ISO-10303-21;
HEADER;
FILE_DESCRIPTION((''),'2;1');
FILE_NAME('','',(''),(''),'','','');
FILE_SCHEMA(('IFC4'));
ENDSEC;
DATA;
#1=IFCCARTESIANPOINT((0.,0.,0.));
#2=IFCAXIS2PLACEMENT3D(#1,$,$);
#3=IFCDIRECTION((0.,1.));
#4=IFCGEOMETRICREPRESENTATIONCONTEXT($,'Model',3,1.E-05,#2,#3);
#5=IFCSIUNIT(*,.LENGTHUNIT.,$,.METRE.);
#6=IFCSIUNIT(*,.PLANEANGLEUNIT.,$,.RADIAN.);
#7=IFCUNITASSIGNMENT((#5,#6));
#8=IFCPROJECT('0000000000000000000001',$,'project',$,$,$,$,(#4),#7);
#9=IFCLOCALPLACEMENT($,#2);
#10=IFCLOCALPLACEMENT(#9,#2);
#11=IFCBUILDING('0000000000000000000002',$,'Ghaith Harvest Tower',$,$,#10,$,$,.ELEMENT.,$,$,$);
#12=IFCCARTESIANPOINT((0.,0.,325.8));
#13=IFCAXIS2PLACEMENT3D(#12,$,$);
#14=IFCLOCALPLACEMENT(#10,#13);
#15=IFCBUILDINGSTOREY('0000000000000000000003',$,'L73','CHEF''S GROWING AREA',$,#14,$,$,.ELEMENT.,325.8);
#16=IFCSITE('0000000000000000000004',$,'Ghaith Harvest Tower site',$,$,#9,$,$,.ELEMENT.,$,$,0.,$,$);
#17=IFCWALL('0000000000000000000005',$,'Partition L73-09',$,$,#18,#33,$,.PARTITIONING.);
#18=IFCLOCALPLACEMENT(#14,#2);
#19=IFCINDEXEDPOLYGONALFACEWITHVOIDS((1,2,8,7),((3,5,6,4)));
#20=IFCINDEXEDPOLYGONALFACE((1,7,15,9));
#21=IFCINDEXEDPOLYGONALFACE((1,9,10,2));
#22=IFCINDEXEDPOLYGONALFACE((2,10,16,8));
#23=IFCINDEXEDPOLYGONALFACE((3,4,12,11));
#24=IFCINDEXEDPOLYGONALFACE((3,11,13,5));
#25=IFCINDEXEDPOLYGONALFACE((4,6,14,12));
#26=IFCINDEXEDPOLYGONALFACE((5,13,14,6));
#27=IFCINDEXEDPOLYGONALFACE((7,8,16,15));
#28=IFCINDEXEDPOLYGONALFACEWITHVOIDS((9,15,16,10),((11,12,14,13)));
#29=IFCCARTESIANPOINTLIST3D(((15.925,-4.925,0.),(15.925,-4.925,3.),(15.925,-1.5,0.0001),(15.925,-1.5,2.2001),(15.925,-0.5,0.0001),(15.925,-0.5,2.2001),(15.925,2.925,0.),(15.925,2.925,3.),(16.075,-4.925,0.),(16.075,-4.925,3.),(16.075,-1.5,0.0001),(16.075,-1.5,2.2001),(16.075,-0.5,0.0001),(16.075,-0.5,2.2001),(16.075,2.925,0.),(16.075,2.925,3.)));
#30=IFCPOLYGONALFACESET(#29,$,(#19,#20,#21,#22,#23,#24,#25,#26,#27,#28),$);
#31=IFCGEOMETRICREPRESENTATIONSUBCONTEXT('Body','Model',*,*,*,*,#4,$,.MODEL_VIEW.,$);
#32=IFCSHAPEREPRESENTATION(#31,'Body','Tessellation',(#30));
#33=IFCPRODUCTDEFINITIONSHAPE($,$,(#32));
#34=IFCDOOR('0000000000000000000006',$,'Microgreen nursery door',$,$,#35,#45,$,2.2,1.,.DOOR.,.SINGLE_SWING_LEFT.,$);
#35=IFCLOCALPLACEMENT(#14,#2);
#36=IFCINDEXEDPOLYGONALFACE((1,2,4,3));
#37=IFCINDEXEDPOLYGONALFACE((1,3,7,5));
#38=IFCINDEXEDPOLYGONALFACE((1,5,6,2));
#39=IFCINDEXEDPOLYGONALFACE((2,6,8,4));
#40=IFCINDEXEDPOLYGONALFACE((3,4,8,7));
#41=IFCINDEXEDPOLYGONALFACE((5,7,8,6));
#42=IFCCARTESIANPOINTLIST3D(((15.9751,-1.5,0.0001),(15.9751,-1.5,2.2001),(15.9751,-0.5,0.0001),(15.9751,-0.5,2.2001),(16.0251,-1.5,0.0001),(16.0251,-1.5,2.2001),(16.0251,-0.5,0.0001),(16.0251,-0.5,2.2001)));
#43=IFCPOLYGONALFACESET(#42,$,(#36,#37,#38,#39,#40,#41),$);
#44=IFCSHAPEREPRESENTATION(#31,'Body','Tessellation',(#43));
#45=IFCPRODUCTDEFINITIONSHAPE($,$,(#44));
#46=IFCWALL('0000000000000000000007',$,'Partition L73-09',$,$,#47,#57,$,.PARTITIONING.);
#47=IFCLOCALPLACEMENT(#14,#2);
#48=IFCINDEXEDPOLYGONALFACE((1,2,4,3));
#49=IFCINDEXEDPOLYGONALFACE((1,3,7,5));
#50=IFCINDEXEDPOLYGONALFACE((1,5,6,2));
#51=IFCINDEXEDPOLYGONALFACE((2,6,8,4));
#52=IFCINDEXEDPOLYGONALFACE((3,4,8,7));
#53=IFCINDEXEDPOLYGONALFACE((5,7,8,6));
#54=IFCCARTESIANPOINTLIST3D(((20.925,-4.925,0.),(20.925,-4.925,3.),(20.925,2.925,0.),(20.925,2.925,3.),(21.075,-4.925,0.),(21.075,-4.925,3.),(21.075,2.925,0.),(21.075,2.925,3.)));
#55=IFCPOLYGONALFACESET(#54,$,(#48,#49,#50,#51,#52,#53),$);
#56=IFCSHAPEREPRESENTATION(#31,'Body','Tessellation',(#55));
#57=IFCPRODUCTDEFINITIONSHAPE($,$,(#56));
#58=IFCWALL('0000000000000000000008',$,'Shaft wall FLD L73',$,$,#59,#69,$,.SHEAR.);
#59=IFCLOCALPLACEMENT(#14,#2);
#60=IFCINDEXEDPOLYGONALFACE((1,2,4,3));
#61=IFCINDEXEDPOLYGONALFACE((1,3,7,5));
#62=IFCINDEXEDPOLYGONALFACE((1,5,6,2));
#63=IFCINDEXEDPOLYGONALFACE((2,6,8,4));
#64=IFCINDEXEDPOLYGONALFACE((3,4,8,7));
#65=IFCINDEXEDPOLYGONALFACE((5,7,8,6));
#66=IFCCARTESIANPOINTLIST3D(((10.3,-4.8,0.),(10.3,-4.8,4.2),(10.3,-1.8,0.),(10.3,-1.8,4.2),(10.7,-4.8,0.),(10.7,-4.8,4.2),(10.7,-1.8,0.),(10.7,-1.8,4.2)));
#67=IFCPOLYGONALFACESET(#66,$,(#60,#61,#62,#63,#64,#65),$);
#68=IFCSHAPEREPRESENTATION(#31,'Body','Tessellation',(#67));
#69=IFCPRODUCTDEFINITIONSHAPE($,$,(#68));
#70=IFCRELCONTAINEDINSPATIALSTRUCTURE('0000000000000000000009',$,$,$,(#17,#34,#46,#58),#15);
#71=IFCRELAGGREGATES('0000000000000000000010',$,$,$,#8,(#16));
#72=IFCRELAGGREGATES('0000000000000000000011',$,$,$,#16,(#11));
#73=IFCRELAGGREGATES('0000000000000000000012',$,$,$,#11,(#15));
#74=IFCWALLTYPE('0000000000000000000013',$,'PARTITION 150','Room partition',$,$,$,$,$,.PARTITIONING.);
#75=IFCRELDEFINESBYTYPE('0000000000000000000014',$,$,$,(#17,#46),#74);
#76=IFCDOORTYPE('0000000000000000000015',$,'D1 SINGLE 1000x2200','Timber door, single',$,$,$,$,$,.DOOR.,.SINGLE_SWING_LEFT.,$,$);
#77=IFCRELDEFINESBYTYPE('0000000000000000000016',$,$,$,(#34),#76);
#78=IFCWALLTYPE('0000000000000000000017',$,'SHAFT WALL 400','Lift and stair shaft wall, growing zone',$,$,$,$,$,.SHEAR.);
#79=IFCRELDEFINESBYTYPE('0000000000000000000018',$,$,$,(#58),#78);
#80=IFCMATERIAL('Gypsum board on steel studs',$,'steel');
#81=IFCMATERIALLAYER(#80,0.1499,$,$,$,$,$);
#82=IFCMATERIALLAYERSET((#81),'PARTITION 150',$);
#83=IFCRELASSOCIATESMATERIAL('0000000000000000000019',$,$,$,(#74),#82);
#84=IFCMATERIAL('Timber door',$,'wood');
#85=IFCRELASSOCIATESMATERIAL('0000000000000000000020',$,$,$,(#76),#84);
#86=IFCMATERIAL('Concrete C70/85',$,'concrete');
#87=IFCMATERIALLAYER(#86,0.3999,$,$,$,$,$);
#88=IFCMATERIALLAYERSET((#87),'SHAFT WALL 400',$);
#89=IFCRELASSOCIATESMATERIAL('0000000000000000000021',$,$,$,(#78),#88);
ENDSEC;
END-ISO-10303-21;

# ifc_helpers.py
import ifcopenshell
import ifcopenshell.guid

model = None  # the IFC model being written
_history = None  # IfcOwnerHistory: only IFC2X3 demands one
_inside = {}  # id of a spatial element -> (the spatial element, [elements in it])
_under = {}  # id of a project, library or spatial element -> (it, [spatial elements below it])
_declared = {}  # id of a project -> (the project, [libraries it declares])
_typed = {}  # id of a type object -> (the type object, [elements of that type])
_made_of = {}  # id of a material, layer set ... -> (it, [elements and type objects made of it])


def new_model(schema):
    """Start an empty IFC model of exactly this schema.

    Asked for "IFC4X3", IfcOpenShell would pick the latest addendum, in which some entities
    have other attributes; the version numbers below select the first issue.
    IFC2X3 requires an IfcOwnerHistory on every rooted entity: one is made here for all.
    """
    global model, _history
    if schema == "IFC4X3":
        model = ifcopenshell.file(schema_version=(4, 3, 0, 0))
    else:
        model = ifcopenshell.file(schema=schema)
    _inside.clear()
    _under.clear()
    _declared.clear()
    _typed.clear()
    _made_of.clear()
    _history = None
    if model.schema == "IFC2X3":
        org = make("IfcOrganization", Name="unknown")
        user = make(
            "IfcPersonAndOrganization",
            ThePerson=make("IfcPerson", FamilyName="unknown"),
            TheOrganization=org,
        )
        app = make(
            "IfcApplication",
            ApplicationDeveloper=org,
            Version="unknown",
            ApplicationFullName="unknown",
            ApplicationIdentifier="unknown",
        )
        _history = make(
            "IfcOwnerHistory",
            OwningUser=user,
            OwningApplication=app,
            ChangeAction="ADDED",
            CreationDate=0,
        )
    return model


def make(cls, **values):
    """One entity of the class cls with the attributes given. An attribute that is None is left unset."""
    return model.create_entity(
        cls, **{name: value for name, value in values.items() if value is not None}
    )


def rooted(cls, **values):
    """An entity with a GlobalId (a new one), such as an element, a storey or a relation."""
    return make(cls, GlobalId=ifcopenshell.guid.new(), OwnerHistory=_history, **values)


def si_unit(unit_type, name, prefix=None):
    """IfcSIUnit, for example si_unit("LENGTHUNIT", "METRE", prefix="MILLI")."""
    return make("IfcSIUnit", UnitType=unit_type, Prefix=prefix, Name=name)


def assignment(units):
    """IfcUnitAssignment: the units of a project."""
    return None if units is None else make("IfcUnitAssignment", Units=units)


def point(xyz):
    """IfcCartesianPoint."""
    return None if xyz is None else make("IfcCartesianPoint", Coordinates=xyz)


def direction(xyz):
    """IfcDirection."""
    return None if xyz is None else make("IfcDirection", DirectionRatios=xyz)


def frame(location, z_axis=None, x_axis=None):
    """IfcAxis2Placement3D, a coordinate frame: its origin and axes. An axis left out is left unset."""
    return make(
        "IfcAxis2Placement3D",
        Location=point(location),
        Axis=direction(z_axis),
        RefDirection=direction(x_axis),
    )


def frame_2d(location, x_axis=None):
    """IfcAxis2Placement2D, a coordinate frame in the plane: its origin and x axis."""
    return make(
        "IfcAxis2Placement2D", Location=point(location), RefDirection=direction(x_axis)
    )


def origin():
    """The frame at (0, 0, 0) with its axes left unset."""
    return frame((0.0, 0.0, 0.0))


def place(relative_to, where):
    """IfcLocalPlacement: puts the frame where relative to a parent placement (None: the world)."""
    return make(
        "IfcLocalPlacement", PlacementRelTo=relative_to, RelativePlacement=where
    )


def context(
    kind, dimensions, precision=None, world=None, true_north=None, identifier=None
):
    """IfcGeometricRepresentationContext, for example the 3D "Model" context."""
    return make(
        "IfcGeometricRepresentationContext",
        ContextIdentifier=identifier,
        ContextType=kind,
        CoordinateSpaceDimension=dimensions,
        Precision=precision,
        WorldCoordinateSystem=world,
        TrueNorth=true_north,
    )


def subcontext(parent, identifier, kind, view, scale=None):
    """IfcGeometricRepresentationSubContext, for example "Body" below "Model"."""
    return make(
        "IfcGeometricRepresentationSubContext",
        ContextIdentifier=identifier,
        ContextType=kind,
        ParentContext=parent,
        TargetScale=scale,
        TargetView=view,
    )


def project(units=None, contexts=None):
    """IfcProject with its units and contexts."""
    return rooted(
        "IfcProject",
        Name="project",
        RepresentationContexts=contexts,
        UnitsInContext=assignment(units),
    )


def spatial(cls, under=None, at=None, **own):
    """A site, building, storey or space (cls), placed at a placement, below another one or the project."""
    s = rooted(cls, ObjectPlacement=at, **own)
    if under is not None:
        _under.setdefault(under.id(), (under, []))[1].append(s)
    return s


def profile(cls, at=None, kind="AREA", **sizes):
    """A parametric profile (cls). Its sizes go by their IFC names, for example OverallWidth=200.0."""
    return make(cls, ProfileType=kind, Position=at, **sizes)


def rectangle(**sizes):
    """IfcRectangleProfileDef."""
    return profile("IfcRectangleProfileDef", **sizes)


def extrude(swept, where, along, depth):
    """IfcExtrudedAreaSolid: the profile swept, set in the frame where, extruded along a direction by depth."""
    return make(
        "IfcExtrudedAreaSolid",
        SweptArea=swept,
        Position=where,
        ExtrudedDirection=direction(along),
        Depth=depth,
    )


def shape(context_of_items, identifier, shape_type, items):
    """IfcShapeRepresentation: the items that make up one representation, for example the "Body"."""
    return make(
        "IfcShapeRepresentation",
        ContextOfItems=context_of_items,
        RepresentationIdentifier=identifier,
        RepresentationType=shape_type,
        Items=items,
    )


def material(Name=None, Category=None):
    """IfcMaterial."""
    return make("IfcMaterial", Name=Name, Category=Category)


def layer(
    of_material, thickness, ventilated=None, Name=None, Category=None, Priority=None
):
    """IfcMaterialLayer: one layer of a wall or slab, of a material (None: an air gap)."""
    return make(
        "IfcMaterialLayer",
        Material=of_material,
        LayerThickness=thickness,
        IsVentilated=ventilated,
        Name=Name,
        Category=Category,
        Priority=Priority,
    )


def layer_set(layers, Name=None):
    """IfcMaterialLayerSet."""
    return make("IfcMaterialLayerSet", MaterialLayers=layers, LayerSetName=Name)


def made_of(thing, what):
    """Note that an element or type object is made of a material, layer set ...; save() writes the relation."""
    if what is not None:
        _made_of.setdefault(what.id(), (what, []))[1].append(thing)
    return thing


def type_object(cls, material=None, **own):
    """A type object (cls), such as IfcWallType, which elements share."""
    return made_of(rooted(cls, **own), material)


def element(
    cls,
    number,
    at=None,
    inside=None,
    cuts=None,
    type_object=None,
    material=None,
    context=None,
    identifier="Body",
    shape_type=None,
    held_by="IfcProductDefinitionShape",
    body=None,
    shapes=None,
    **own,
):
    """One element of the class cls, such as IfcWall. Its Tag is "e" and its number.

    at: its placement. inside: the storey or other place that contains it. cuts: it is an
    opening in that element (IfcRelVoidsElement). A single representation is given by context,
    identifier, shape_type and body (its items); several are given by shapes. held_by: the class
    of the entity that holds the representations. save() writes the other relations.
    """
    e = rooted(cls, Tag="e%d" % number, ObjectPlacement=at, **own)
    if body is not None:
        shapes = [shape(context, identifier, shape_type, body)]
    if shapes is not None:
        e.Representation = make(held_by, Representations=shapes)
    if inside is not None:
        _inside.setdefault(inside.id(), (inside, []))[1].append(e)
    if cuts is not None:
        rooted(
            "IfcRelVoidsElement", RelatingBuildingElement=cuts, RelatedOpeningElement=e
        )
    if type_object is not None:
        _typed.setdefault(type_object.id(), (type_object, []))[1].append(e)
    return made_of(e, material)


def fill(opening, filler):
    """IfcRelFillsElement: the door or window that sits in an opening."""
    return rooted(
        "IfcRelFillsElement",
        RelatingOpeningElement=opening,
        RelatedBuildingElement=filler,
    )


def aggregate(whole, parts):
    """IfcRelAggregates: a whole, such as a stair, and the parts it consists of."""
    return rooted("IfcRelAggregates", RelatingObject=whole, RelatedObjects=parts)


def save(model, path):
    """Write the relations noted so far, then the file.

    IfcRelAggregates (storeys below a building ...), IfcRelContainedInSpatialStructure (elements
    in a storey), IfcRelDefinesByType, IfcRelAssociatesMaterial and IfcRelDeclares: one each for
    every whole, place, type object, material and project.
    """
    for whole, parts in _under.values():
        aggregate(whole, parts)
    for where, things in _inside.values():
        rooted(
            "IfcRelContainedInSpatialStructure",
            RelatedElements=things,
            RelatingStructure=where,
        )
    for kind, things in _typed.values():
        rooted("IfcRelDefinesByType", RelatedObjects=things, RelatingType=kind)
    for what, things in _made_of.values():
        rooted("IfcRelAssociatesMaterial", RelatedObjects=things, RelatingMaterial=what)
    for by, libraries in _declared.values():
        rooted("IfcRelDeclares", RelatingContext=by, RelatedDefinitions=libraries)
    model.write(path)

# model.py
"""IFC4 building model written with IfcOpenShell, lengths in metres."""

from ifc_helpers import new_model, si_unit, direction, frame, frame_2d, origin, place, context, subcontext, project, spatial, rectangle, extrude, material, layer, layer_set, type_object, element, fill, save


model = new_model("IFC4")

# Units and contexts
model_context = context("Model", 3, precision=1e-05, world=origin(), true_north=direction((0.0, 1.0)))
body_context = subcontext(model_context, "Body", "Model", "MODEL_VIEW")
ifc_project = project(units=[si_unit("LENGTHUNIT", "METRE"), si_unit("PLANEANGLEUNIT", "RADIAN")], contexts=[model_context])

# Site, building, storey
site_placement = place(None, origin())
site = spatial("IfcSite", under=ifc_project, at=site_placement, Name="Ghaith Harvest Tower site", CompositionType="ELEMENT", RefElevation=0.0)
building_placement = place(site_placement, origin())
building = spatial("IfcBuilding", under=site, at=building_placement, Name="Ghaith Harvest Tower", CompositionType="ELEMENT")
storey_placement = place(building_placement, frame((0.0, 0.0, 325.8)))
storey = spatial("IfcBuildingStorey", under=building, at=storey_placement, Name="L73", Description="CHEF'S GROWING AREA", CompositionType="ELEMENT", Elevation=325.8)

# Shared definitions
ifc_material_1 = material(Name="Gypsum board on steel studs", Category="steel")
ifc_layer_1 = layer(ifc_material_1, 0.1499)
ifc_layer_set_1 = layer_set([ifc_layer_1], Name="PARTITION 150")
wall_type_1 = type_object("IfcWallType", Name="PARTITION 150", Description="Room partition", PredefinedType="PARTITIONING", material=ifc_layer_set_1)

# Wall, opening, door
wall_1_placement = place(storey_placement, frame((16.0, -4.925, 0.0), z_axis=(0.0, 0.0, 1.0), x_axis=(0.0, 1.0, 0.0)))
wall_1 = element("IfcWall", 1, at=wall_1_placement, inside=storey, type_object=wall_type_1, Name="Partition L73-09", PredefinedType="PARTITIONING", context=body_context, shape_type="SweptSolid", body=[
    extrude(rectangle(XDim=7.8501, YDim=0.1499, at=frame_2d((3.925, 0.0))), origin(), (0.0, 0.0, 1.0), 3.0),
])
opening_1_placement = place(wall_1_placement, frame((3.425, 0.0, 0.0)))
opening_1 = element("IfcOpeningElement", 2, at=opening_1_placement, cuts=wall_1, PredefinedType="OPENING", context=body_context, shape_type="SweptSolid", body=[
    extrude(rectangle(XDim=1.0, YDim=2.2, at=frame_2d((0.5, 1.1001))), frame((0.0, 0.085, 0.0), z_axis=(0.0, -1.0, 0.0), x_axis=(1.0, 0.0, 0.0)), (0.0, 0.0, 1.0), 0.1699),
])
ifc_material_2 = material(Name="Timber door", Category="wood")
door_type_1 = type_object("IfcDoorType", Name="D1 SINGLE 1000x2200", Description="Timber door, single", OperationType="SINGLE_SWING_LEFT", PredefinedType="DOOR", material=ifc_material_2)
door_1_placement = place(opening_1_placement, origin())
door_1 = element("IfcDoor", 3, at=door_1_placement, inside=storey, type_object=door_type_1, Name="Microgreen nursery door", OperationType="SINGLE_SWING_LEFT", OverallHeight=2.2, OverallWidth=1.0, PredefinedType="DOOR", context=body_context, shape_type="SweptSolid", body=[
    extrude(rectangle(XDim=1.0, YDim=2.2, at=frame_2d((0.5, 1.1001))), frame((0.0, 0.0249, 0.0), z_axis=(0.0, -1.0, 0.0), x_axis=(1.0, 0.0, 0.0)), (0.0, 0.0, 1.0), 0.05),
])
fill(opening_1, door_1)

# Walls
wall_2_placement = place(storey_placement, frame((21.0, -4.925, 0.0), z_axis=(0.0, 0.0, 1.0), x_axis=(0.0, 1.0, 0.0)))
element("IfcWall", 4, at=wall_2_placement, inside=storey, type_object=wall_type_1, Name="Partition L73-09", PredefinedType="PARTITIONING", context=body_context, shape_type="SweptSolid", body=[
    extrude(rectangle(XDim=7.8501, YDim=0.1499, at=frame_2d((3.925, 0.0))), origin(), (0.0, 0.0, 1.0), 3.0),
])
ifc_material_3 = material(Name="Concrete C70/85", Category="concrete")
ifc_layer_2 = layer(ifc_material_3, 0.3999)
ifc_layer_set_2 = layer_set([ifc_layer_2], Name="SHAFT WALL 400")
wall_type_2 = type_object("IfcWallType", Name="SHAFT WALL 400", Description="Lift and stair shaft wall, growing zone", PredefinedType="SHEAR", material=ifc_layer_set_2)
wall_3_placement = place(storey_placement, frame((10.5, -4.8, 0.0), z_axis=(0.0, 0.0, 1.0), x_axis=(0.0, 1.0, 0.0)))
element("IfcWall", 5, at=wall_3_placement, inside=storey, type_object=wall_type_2, Name="Shaft wall FLD L73", PredefinedType="SHEAR", context=body_context, shape_type="SweptSolid", body=[
    extrude(rectangle(XDim=3.0, YDim=0.3999, at=frame_2d((1.5, 0.0))), origin(), (0.0, 0.0, 1.0), 4.2),
])

save(model, "model.ifc")
